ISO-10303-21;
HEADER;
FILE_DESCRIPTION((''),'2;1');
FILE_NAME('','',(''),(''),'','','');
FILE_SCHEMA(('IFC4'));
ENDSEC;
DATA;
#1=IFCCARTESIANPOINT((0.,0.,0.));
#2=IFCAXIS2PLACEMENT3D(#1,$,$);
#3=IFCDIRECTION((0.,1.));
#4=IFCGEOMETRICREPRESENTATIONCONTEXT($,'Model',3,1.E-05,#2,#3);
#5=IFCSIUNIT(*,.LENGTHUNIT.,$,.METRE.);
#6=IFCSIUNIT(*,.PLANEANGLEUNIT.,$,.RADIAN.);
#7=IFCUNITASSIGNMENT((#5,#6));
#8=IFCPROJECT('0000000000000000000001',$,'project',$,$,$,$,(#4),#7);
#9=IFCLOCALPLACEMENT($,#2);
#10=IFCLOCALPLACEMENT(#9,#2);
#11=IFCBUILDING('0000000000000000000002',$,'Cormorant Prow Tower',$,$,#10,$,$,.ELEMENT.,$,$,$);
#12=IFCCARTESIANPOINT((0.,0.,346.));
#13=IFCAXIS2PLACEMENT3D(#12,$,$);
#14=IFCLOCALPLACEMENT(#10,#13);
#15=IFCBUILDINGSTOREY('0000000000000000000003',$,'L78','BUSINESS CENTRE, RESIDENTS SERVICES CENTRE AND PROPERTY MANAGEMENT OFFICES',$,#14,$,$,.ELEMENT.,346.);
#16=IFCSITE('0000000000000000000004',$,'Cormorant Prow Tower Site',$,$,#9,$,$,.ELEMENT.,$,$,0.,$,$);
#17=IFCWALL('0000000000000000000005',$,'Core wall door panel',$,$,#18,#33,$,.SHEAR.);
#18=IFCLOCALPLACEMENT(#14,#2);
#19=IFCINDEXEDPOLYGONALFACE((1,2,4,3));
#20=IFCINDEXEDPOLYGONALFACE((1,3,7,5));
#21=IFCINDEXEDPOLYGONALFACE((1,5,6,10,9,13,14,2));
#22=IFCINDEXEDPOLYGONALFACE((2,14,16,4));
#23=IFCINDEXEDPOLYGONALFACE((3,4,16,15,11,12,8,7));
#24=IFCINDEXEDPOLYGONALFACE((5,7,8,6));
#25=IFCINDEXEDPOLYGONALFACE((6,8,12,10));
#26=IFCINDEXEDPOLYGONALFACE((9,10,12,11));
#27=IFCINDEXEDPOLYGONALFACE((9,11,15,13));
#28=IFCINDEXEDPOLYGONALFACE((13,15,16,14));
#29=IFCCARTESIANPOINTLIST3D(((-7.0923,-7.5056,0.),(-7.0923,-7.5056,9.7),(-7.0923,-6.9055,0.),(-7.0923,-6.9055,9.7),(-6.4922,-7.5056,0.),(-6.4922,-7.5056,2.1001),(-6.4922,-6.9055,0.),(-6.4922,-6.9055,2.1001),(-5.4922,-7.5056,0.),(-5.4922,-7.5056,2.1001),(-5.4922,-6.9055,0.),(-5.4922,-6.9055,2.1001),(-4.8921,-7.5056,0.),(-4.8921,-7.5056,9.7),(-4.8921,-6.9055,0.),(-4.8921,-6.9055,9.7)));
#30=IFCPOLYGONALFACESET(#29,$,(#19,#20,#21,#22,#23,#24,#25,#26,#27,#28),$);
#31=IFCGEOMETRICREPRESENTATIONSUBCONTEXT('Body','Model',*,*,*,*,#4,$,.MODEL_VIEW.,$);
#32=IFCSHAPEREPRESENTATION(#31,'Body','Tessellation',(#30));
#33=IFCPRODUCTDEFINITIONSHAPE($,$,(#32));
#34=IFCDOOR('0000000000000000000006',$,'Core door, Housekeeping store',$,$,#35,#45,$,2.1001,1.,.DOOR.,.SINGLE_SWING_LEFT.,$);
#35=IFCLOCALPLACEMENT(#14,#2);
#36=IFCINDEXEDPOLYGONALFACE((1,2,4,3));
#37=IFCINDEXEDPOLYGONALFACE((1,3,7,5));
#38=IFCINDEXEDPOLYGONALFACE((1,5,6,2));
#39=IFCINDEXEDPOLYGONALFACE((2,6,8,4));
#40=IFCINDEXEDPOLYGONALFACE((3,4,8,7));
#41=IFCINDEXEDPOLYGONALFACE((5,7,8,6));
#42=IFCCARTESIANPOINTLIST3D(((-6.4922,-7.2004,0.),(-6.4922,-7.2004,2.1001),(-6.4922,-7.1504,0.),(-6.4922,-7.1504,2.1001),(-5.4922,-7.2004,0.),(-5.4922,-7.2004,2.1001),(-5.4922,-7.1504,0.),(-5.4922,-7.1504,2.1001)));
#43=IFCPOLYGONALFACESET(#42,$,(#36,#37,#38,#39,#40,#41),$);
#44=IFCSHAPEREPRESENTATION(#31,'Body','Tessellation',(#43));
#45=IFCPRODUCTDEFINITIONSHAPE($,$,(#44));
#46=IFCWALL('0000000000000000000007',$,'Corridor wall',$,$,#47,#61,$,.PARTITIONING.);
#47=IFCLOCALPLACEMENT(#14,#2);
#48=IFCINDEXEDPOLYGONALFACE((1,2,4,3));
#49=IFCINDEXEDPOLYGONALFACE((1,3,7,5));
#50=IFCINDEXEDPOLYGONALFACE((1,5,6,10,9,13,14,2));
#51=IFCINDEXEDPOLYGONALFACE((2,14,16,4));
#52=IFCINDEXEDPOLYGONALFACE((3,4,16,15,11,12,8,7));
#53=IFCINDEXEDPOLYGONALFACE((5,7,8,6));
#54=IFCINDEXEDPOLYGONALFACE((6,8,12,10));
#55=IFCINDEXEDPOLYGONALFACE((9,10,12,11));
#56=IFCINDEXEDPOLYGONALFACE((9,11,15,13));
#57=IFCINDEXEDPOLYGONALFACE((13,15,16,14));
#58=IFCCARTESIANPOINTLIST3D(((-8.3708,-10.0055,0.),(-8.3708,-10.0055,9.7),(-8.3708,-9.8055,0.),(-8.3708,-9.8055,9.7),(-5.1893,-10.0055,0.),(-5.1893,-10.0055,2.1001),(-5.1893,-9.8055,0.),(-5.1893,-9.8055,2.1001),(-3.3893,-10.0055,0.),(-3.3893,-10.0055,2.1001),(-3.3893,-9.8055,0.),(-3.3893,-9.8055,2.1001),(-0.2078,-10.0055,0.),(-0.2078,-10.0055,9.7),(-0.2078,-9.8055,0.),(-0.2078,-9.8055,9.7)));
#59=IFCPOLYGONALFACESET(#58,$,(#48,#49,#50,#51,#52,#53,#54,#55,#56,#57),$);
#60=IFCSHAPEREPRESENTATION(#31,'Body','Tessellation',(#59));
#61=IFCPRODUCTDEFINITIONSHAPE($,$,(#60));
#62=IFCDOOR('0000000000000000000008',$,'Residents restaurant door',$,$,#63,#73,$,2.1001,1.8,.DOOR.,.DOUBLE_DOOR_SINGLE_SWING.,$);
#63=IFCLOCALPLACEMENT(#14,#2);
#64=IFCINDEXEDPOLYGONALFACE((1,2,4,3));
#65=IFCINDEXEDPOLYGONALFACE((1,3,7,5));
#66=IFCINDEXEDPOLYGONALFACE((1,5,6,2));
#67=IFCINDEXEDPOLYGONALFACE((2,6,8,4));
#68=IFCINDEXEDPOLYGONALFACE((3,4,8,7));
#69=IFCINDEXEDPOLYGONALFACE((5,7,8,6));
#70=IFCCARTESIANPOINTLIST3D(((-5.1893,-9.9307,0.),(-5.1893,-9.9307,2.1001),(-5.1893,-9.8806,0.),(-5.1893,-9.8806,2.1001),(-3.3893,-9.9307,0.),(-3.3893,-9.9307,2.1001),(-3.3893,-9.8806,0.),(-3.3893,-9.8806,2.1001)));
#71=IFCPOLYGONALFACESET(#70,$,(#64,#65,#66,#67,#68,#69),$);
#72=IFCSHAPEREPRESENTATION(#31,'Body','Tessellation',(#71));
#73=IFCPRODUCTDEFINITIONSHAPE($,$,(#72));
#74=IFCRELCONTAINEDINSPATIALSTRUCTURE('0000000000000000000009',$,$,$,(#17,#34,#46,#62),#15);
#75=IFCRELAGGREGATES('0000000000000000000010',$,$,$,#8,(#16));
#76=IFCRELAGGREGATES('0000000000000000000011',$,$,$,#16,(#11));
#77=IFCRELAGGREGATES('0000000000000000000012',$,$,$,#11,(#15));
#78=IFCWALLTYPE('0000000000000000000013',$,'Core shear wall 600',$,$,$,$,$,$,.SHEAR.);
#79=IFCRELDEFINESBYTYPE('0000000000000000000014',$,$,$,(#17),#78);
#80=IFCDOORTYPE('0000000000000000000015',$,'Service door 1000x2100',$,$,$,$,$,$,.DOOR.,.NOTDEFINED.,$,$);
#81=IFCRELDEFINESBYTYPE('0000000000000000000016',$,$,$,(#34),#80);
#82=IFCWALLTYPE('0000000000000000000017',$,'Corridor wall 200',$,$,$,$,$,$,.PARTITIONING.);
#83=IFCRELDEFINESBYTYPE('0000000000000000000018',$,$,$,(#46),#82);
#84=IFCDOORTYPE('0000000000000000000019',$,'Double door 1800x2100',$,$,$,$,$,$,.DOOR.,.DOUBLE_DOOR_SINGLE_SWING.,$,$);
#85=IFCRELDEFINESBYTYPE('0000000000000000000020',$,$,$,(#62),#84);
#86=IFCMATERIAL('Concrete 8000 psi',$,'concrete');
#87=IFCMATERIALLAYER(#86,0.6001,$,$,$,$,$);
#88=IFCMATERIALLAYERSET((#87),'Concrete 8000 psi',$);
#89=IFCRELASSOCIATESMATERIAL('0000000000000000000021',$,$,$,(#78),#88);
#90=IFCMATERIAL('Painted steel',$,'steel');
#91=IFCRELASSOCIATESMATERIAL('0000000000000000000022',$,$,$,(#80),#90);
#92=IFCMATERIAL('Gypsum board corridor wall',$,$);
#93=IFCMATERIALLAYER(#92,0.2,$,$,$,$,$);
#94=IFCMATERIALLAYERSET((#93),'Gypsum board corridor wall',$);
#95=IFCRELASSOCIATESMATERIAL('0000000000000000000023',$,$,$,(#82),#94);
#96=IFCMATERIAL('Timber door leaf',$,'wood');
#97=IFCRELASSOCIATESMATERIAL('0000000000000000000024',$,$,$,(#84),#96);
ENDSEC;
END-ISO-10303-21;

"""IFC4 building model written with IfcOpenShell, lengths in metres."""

from ifc_helpers import new_model, si_unit, direction, frame, frame_2d, origin, place, context, subcontext, project, spatial, rectangle, extrude, material, layer, layer_set, type_object, element, fill, save


model = new_model("IFC4")

# Units and contexts
model_context = context("Model", 3, precision=1e-05, world=origin(), true_north=direction((0.0, 1.0)))
body_context = subcontext(model_context, "Body", "Model", "MODEL_VIEW")
ifc_project = project(units=[si_unit("LENGTHUNIT", "METRE"), si_unit("PLANEANGLEUNIT", "RADIAN")], contexts=[model_context])

# Site, building, storey
site_placement = place(None, origin())
site = spatial("IfcSite", under=ifc_project, at=site_placement, Name="Cormorant Prow Tower Site", CompositionType="ELEMENT", RefElevation=0.0)
building_placement = place(site_placement, origin())
building = spatial("IfcBuilding", under=site, at=building_placement, Name="Cormorant Prow Tower", CompositionType="ELEMENT")
storey_placement = place(building_placement, frame((0.0, 0.0, 346.0)))
storey = spatial("IfcBuildingStorey", under=building, at=storey_placement, Name="L78", Description="BUSINESS CENTRE, RESIDENTS SERVICES CENTRE AND PROPERTY MANAGEMENT OFFICES", CompositionType="ELEMENT", Elevation=346.0)

# Shared definitions
ifc_material_1 = material(Name="Concrete 8000 psi", Category="concrete")
ifc_layer_1 = layer(ifc_material_1, 0.6001)
ifc_layer_set_1 = layer_set([ifc_layer_1], Name="Concrete 8000 psi")
wall_type_1 = type_object("IfcWallType", Name="Core shear wall 600", PredefinedType="SHEAR", material=ifc_layer_set_1)

# Walls, openings, doors
wall_1_placement = place(storey_placement, frame((-7.0923, -7.2056, 0.0), z_axis=(0.0, 0.0, 1.0), x_axis=(1.0, 0.0, 0.0)))
wall_1 = element("IfcWall", 1, at=wall_1_placement, inside=storey, type_object=wall_type_1, Name="Core wall door panel", PredefinedType="SHEAR", context=body_context, shape_type="SweptSolid", body=[
    extrude(rectangle(XDim=2.2002, YDim=0.6001, at=frame_2d((1.1001, 0.0))), origin(), (0.0, 0.0, 1.0), 9.7),
])
opening_1_placement = place(wall_1_placement, frame((0.6001, 0.0, 0.0)))
opening_1 = element("IfcOpeningElement", 2, at=opening_1_placement, cuts=wall_1, PredefinedType="OPENING", context=body_context, shape_type="SweptSolid", body=[
    extrude(rectangle(XDim=1.0, YDim=2.1001, at=frame_2d((0.5, 1.05))), frame((0.0, 0.3101, 0.0), z_axis=(0.0, -1.0, 0.0), x_axis=(1.0, 0.0, 0.0)), (0.0, 0.0, 1.0), 0.6201),
])
ifc_material_2 = material(Name="Painted steel", Category="steel")
door_type_1 = type_object("IfcDoorType", Name="Service door 1000x2100", OperationType="NOTDEFINED", PredefinedType="DOOR", material=ifc_material_2)
door_1_placement = place(opening_1_placement, origin())
door_1 = element("IfcDoor", 3, at=door_1_placement, inside=storey, type_object=door_type_1, Name="Core door, Housekeeping store", OperationType="SINGLE_SWING_LEFT", OverallHeight=2.1001, OverallWidth=1.0, PredefinedType="DOOR", context=body_context, shape_type="SweptSolid", body=[
    extrude(rectangle(XDim=1.0, YDim=2.1001, at=frame_2d((0.5, 1.05))), frame((0.0, 0.0552, 0.0), z_axis=(0.0, -1.0, 0.0), x_axis=(1.0, 0.0, 0.0)), (0.0, 0.0, 1.0), 0.05),
])
fill(opening_1, door_1)
ifc_material_3 = material(Name="Gypsum board corridor wall")
ifc_layer_2 = layer(ifc_material_3, 0.2)
ifc_layer_set_2 = layer_set([ifc_layer_2], Name="Gypsum board corridor wall")
wall_type_2 = type_object("IfcWallType", Name="Corridor wall 200", PredefinedType="PARTITIONING", material=ifc_layer_set_2)
wall_2_placement = place(storey_placement, frame((-8.3708, -9.9055, 0.0), z_axis=(0.0, 0.0, 1.0), x_axis=(1.0, 0.0, 0.0)))
wall_2 = element("IfcWall", 4, at=wall_2_placement, inside=storey, type_object=wall_type_2, Name="Corridor wall", PredefinedType="PARTITIONING", context=body_context, shape_type="SweptSolid", body=[
    extrude(rectangle(XDim=8.1631, YDim=0.2, at=frame_2d((4.0815, 0.0))), origin(), (0.0, 0.0, 1.0), 9.7),
])
opening_2_placement = place(wall_2_placement, frame((3.1816, 0.0, 0.0)))
opening_2 = element("IfcOpeningElement", 5, at=opening_2_placement, cuts=wall_2, PredefinedType="OPENING", context=body_context, shape_type="SweptSolid", body=[
    extrude(rectangle(XDim=1.8, YDim=2.1001, at=frame_2d((0.8999, 1.05))), frame((0.0, 0.1099, 0.0), z_axis=(0.0, -1.0, 0.0), x_axis=(1.0, 0.0, 0.0)), (0.0, 0.0, 1.0), 0.22),
])
ifc_material_4 = material(Name="Timber door leaf", Category="wood")
door_type_2 = type_object("IfcDoorType", Name="Double door 1800x2100", OperationType="DOUBLE_DOOR_SINGLE_SWING", PredefinedType="DOOR", material=ifc_material_4)
door_2_placement = place(opening_2_placement, origin())
door_2 = element("IfcDoor", 6, at=door_2_placement, inside=storey, type_object=door_type_2, Name="Residents restaurant door", OperationType="DOUBLE_DOOR_SINGLE_SWING", OverallHeight=2.1001, OverallWidth=1.8, PredefinedType="DOOR", context=body_context, shape_type="SweptSolid", body=[
    extrude(rectangle(XDim=1.8, YDim=2.1001, at=frame_2d((0.8999, 1.05))), frame((0.0, 0.0249, 0.0), z_axis=(0.0, -1.0, 0.0), x_axis=(1.0, 0.0, 0.0)), (0.0, 0.0, 1.0), 0.05),
])
fill(opening_2, door_2)

save(model, "model.ifc")
